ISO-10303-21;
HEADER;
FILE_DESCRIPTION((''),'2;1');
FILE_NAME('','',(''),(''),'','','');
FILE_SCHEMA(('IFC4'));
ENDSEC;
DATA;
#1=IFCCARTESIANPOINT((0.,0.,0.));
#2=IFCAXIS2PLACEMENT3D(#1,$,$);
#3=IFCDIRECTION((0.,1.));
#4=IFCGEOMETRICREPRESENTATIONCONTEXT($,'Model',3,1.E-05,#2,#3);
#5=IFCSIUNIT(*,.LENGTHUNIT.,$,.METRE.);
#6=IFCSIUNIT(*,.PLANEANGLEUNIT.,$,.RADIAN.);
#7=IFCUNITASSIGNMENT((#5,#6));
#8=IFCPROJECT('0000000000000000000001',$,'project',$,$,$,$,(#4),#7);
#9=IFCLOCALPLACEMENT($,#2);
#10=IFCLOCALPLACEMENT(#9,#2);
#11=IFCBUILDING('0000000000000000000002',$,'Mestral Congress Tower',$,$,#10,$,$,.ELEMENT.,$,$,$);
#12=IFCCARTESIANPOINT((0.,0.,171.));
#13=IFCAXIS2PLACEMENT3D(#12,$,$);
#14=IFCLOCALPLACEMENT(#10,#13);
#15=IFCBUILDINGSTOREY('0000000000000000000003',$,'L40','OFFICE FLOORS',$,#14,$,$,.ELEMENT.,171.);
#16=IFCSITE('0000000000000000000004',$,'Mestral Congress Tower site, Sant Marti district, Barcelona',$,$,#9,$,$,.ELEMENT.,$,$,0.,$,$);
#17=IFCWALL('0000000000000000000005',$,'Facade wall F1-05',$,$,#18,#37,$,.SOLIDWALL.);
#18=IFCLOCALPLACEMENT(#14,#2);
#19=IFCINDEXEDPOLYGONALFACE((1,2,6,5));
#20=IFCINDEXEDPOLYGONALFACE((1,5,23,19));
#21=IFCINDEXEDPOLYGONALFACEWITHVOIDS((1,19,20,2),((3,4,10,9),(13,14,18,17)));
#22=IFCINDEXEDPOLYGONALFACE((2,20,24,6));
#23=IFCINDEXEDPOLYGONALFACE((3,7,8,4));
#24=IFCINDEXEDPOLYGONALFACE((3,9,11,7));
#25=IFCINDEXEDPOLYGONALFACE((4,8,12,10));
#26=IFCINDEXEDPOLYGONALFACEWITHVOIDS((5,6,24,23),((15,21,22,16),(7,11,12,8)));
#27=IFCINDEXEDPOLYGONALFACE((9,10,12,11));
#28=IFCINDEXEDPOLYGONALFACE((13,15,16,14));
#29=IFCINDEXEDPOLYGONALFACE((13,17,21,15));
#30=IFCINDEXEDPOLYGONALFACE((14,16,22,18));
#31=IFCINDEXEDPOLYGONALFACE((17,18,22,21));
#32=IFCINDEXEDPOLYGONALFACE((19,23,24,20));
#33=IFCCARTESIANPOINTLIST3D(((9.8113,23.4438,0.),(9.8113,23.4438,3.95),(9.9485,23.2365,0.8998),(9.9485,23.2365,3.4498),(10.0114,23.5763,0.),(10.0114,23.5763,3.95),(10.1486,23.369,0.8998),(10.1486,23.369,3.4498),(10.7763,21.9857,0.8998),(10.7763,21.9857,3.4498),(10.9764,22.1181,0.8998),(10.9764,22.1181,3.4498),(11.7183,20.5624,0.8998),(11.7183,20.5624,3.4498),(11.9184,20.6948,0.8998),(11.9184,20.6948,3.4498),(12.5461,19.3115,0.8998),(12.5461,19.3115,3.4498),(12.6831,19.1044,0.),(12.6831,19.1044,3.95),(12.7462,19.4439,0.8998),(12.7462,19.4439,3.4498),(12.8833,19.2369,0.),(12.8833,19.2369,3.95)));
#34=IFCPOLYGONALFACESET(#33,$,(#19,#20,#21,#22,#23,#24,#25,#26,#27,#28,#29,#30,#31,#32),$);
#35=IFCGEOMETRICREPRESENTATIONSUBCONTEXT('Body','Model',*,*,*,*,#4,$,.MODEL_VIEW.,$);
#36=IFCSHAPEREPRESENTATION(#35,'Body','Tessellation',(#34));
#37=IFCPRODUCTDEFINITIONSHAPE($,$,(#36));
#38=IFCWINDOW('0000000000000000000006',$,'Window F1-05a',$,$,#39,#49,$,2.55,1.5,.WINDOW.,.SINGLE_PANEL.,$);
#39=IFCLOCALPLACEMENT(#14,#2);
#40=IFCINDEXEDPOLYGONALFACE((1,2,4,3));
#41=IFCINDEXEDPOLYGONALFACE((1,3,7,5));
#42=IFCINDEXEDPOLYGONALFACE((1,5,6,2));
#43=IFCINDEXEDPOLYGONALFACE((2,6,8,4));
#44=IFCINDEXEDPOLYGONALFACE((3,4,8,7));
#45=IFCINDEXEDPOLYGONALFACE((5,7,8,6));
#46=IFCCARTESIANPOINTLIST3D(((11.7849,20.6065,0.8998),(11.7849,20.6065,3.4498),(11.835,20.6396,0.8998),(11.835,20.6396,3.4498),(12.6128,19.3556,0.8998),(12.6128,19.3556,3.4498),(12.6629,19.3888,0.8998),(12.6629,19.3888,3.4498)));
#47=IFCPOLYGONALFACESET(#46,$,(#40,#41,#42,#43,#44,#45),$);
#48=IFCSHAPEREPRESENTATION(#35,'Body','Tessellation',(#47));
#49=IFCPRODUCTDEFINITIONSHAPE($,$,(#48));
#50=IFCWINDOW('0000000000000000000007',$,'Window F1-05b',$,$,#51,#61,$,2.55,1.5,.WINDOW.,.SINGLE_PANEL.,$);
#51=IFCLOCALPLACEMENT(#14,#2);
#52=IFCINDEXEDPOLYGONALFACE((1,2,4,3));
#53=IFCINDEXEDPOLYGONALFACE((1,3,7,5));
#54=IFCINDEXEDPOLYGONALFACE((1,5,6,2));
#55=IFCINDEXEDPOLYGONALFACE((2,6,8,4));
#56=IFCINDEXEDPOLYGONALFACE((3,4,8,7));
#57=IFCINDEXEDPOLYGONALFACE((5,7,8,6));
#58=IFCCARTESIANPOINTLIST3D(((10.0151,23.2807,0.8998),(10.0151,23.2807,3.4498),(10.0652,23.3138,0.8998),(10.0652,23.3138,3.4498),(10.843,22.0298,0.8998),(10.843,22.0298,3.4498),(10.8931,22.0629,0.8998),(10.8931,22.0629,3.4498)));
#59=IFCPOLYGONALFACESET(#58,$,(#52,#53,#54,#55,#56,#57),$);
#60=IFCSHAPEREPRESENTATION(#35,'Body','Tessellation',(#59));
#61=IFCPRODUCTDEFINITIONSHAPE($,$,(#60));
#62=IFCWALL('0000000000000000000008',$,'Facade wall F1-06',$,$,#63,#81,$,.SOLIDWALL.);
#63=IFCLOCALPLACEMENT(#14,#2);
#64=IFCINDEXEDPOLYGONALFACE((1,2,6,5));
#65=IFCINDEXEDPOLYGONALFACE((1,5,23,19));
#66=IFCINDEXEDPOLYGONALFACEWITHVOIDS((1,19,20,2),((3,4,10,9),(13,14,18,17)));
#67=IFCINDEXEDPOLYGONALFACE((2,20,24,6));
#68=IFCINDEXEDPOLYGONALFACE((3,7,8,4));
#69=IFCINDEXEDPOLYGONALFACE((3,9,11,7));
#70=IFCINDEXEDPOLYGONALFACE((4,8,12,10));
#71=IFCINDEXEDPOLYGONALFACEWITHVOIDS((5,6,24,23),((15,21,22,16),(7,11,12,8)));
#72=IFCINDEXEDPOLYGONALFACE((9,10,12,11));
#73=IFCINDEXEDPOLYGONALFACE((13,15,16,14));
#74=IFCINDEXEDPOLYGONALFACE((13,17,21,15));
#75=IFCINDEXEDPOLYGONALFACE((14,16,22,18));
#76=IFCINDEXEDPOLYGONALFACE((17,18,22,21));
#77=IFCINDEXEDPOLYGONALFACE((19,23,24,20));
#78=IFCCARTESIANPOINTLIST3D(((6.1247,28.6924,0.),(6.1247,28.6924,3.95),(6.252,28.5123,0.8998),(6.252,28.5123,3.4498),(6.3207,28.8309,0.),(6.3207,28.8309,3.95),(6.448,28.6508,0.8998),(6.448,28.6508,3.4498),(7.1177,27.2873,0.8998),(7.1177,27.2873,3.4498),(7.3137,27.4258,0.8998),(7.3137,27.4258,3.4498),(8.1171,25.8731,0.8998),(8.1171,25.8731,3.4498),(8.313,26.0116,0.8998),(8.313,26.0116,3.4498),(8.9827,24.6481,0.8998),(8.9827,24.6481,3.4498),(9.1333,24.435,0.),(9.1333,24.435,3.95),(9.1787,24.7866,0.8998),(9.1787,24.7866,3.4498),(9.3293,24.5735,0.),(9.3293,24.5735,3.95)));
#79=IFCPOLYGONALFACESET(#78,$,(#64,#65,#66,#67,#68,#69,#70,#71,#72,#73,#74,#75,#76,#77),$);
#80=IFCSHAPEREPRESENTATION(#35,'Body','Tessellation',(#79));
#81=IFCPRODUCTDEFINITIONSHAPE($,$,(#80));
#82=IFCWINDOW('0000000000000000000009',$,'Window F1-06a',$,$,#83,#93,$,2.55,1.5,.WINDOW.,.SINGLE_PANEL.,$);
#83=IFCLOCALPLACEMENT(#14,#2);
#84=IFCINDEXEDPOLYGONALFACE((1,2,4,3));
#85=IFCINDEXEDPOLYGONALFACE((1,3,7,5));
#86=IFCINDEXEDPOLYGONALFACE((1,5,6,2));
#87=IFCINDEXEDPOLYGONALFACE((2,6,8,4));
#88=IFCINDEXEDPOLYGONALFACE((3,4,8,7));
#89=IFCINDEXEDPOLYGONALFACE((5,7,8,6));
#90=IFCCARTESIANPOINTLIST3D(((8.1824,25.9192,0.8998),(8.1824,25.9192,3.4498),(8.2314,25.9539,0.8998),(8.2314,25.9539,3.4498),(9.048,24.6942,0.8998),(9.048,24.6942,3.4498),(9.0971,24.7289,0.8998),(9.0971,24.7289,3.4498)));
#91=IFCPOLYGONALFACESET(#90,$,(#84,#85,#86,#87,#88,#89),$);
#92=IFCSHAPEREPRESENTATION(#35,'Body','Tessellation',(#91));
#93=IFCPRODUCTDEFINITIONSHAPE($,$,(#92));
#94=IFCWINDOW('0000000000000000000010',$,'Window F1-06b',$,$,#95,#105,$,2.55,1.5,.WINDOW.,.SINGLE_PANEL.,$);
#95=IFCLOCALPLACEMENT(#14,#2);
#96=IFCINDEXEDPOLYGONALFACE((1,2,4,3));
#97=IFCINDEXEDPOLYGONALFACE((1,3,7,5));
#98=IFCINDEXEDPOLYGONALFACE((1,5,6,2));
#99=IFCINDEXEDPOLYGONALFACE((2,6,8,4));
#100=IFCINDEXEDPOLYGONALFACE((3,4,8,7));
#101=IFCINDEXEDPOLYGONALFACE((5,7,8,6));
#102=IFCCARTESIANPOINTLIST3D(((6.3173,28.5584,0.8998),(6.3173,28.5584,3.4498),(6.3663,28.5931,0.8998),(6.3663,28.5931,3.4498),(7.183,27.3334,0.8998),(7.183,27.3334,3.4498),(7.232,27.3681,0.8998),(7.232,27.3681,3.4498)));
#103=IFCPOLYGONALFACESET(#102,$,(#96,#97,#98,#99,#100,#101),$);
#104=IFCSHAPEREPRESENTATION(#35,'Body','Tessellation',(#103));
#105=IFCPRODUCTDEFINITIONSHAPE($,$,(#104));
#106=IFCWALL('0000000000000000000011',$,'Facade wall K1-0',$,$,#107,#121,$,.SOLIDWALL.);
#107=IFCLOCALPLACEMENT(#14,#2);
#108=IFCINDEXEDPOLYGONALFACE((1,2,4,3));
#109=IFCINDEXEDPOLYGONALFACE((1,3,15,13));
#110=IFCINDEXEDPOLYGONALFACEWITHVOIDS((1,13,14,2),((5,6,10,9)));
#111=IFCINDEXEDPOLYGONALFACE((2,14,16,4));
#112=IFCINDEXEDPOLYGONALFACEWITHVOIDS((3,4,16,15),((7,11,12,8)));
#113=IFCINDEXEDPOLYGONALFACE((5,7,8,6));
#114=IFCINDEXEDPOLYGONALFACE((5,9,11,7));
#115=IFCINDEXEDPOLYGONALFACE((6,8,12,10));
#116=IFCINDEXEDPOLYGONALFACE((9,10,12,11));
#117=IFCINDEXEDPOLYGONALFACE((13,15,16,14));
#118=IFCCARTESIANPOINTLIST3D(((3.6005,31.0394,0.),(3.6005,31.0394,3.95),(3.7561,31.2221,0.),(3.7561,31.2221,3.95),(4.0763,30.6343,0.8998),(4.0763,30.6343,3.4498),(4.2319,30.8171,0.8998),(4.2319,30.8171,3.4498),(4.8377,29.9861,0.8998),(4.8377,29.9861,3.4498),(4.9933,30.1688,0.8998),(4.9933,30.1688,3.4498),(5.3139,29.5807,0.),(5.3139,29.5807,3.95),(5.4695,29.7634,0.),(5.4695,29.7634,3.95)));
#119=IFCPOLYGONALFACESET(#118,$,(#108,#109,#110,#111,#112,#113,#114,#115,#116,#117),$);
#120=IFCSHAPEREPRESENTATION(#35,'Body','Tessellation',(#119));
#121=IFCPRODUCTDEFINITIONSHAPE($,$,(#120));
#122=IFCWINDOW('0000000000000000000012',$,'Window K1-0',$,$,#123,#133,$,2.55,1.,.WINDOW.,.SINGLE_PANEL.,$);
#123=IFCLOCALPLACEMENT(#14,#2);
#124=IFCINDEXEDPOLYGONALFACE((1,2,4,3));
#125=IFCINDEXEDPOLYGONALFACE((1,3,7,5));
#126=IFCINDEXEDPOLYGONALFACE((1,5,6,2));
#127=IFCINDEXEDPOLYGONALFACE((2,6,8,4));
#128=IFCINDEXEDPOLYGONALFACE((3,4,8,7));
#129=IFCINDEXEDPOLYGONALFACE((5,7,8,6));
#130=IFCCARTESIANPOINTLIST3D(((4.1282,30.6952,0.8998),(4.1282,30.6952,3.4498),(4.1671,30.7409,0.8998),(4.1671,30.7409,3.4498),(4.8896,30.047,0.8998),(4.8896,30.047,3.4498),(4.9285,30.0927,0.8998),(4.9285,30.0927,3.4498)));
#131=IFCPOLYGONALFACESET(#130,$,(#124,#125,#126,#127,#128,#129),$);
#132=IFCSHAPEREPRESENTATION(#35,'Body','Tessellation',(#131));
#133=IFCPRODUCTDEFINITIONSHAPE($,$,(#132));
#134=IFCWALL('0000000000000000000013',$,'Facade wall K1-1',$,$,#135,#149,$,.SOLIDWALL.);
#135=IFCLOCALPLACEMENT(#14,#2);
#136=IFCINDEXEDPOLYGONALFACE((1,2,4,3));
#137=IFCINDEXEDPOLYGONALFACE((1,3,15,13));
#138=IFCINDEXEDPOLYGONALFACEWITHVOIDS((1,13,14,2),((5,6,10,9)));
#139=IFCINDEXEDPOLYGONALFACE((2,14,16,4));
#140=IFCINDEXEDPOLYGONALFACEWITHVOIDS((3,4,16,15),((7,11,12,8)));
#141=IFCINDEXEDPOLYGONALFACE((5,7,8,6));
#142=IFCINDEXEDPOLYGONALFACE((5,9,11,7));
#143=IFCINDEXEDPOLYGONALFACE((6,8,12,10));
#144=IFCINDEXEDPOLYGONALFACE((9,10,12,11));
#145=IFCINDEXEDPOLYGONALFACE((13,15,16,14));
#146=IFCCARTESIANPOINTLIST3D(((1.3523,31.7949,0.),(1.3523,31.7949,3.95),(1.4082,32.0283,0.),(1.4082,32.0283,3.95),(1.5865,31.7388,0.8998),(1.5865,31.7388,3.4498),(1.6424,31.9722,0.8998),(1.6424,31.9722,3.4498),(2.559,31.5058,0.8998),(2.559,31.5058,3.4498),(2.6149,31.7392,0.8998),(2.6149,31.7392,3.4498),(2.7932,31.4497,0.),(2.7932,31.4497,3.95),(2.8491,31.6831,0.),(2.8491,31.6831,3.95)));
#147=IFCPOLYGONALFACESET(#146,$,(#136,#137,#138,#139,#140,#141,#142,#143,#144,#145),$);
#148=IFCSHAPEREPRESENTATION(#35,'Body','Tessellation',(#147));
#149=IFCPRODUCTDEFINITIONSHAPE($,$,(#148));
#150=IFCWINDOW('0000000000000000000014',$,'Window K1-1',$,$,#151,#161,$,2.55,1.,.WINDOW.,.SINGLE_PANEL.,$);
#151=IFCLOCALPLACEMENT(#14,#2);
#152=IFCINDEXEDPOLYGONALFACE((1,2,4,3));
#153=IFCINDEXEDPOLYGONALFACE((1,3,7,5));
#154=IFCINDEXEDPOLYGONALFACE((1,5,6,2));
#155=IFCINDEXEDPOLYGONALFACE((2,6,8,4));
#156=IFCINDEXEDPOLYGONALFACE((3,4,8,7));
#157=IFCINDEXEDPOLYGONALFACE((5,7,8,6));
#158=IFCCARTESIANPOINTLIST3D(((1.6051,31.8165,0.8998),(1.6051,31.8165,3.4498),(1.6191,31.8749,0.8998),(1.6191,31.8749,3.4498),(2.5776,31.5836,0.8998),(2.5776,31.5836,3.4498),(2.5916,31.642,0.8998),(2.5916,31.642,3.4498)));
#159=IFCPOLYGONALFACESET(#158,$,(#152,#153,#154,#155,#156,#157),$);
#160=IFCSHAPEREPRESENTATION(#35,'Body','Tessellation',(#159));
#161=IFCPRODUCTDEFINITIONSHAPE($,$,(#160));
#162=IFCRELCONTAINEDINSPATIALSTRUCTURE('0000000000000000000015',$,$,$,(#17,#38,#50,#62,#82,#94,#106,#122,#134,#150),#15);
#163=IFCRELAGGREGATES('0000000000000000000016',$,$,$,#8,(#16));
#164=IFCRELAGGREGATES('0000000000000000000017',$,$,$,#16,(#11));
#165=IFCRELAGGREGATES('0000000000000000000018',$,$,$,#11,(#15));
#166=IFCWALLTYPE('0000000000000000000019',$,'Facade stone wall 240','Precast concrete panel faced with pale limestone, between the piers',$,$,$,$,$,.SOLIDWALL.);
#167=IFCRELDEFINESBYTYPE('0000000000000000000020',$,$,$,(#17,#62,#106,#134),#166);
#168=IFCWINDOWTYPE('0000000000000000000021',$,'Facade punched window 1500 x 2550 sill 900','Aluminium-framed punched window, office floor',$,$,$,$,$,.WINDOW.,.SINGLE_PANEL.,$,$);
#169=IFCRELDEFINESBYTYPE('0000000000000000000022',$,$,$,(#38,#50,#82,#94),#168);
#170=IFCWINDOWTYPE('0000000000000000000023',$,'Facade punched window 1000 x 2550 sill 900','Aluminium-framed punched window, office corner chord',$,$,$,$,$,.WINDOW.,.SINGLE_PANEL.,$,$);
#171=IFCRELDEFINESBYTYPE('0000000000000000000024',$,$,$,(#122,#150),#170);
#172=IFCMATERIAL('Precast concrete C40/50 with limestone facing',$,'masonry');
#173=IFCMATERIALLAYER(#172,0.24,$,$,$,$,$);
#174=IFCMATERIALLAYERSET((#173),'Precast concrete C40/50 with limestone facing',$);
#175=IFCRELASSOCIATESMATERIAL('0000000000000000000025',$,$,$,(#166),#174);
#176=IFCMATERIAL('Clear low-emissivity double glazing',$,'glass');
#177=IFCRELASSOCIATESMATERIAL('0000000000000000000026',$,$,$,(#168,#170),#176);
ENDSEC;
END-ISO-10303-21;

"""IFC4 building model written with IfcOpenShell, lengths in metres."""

from ifc_helpers import new_model, si_unit, direction, frame, frame_2d, origin, place, context, subcontext, project, spatial, rectangle, extrude, material, layer, layer_set, type_object, element, fill, save


model = new_model("IFC4")

# Units and contexts
model_context = context("Model", 3, precision=1e-05, world=origin(), true_north=direction((0.0, 1.0)))
body_context = subcontext(model_context, "Body", "Model", "MODEL_VIEW")
ifc_project = project(units=[si_unit("LENGTHUNIT", "METRE"), si_unit("PLANEANGLEUNIT", "RADIAN")], contexts=[model_context])

# Site, building, storey
site_placement = place(None, origin())
site = spatial("IfcSite", under=ifc_project, at=site_placement, Name="Mestral Congress Tower site, Sant Marti district, Barcelona", CompositionType="ELEMENT", RefElevation=0.0)
building_placement = place(site_placement, origin())
building = spatial("IfcBuilding", under=site, at=building_placement, Name="Mestral Congress Tower", CompositionType="ELEMENT")
storey_placement = place(building_placement, frame((0.0, 0.0, 171.0)))
storey = spatial("IfcBuildingStorey", under=building, at=storey_placement, Name="L40", Description="OFFICE FLOORS", CompositionType="ELEMENT", Elevation=171.0)

# Walls, openings, windows
ifc_material_1 = material(Name="Precast concrete C40/50 with limestone facing", Category="masonry")
ifc_layer_1 = layer(ifc_material_1, 0.24)
ifc_layer_set_1 = layer_set([ifc_layer_1], Name="Precast concrete C40/50 with limestone facing")
wall_type_1 = type_object("IfcWallType", Name="Facade stone wall 240", Description="Precast concrete panel faced with pale limestone, between the piers", PredefinedType="SOLIDWALL", material=ifc_layer_set_1)
wall_1_placement = place(storey_placement, frame((12.7832, 19.1707, 0.0), z_axis=(0.0, 0.0, 1.0), x_axis=(-0.551893, 0.833915, 0.0)))
wall_1 = element("IfcWall", 1, at=wall_1_placement, inside=storey, type_object=wall_type_1, Name="Facade wall F1-05", PredefinedType="SOLIDWALL", context=body_context, shape_type="SweptSolid", body=[
    extrude(rectangle(XDim=5.2036, YDim=0.24, at=frame_2d((2.6018, 0.0))), origin(), (0.0, 0.0, 1.0), 3.95),
])
opening_1_placement = place(wall_1_placement, frame((0.2483, 0.0, 0.8999)))
opening_1 = element("IfcOpeningElement", 2, at=opening_1_placement, cuts=wall_1, PredefinedType="OPENING", context=body_context, shape_type="SweptSolid", body=[
    extrude(rectangle(XDim=1.5, YDim=2.55, at=frame_2d((0.75, 1.2749))), frame((0.0, 0.1299, 0.0), z_axis=(0.0, -1.0, 0.0), x_axis=(1.0, 0.0, 0.0)), (0.0, 0.0, 1.0), 0.26),
])
opening_2_placement = place(wall_1_placement, frame((3.4551, 0.0, 0.8999)))
opening_2 = element("IfcOpeningElement", 3, at=opening_2_placement, cuts=wall_1, PredefinedType="OPENING", context=body_context, shape_type="SweptSolid", body=[
    extrude(rectangle(XDim=1.5, YDim=2.55, at=frame_2d((0.75, 1.2749))), frame((0.0, 0.1299, 0.0), z_axis=(0.0, -1.0, 0.0), x_axis=(1.0, 0.0, 0.0)), (0.0, 0.0, 1.0), 0.26),
])
ifc_material_2 = material(Name="Clear low-emissivity double glazing", Category="glass")
window_type_1 = type_object("IfcWindowType", Name="Facade punched window 1500 x 2550 sill 900", Description="Aluminium-framed punched window, office floor", PartitioningType="SINGLE_PANEL", PredefinedType="WINDOW", material=ifc_material_2)
window_1_placement = place(opening_1_placement, origin())
window_1 = element("IfcWindow", 4, at=window_1_placement, inside=storey, type_object=window_type_1, Name="Window F1-05a", OverallHeight=2.55, OverallWidth=1.5, PartitioningType="SINGLE_PANEL", PredefinedType="WINDOW", context=body_context, shape_type="SweptSolid", body=[
    extrude(rectangle(XDim=1.5, YDim=2.55, at=frame_2d((0.75, 1.2749))), frame((0.0, 0.04, 0.0), z_axis=(0.0, -1.0, 0.0), x_axis=(1.0, 0.0, 0.0)), (0.0, 0.0, 1.0), 0.0601),
])
fill(opening_1, window_1)
window_2_placement = place(opening_2_placement, origin())
window_2 = element("IfcWindow", 5, at=window_2_placement, inside=storey, type_object=window_type_1, Name="Window F1-05b", OverallHeight=2.55, OverallWidth=1.5, PartitioningType="SINGLE_PANEL", PredefinedType="WINDOW", context=body_context, shape_type="SweptSolid", body=[
    extrude(rectangle(XDim=1.5, YDim=2.55, at=frame_2d((0.75, 1.2749))), frame((0.0, 0.04, 0.0), z_axis=(0.0, -1.0, 0.0), x_axis=(1.0, 0.0, 0.0)), (0.0, 0.0, 1.0), 0.0601),
])
fill(opening_2, window_2)
wall_2_placement = place(storey_placement, frame((9.2312, 24.5044, 0.0), z_axis=(0.0, 0.0, 1.0), x_axis=(-0.577115, 0.816663, 0.0)))
wall_2 = element("IfcWall", 6, at=wall_2_placement, inside=storey, type_object=wall_type_1, Name="Facade wall F1-06", PredefinedType="SOLIDWALL", context=body_context, shape_type="SweptSolid", body=[
    extrude(rectangle(XDim=5.2131, YDim=0.24, at=frame_2d((2.6064, 0.0))), origin(), (0.0, 0.0, 1.0), 3.95),
])
opening_3_placement = place(wall_2_placement, frame((0.2607, 0.0, 0.8999)))
opening_3 = element("IfcOpeningElement", 7, at=opening_3_placement, cuts=wall_2, PredefinedType="OPENING", context=body_context, shape_type="SweptSolid", body=[
    extrude(rectangle(XDim=1.5, YDim=2.55, at=frame_2d((0.75, 1.2749))), frame((0.0, 0.1299, 0.0), z_axis=(0.0, -1.0, 0.0), x_axis=(1.0, 0.0, 0.0)), (0.0, 0.0, 1.0), 0.26),
])
opening_4_placement = place(wall_2_placement, frame((3.4924, 0.0, 0.8999)))
opening_4 = element("IfcOpeningElement", 8, at=opening_4_placement, cuts=wall_2, PredefinedType="OPENING", context=body_context, shape_type="SweptSolid", body=[
    extrude(rectangle(XDim=1.5, YDim=2.55, at=frame_2d((0.75, 1.2749))), frame((0.0, 0.1299, 0.0), z_axis=(0.0, -1.0, 0.0), x_axis=(1.0, 0.0, 0.0)), (0.0, 0.0, 1.0), 0.26),
])
window_3_placement = place(opening_3_placement, origin())
window_3 = element("IfcWindow", 9, at=window_3_placement, inside=storey, type_object=window_type_1, Name="Window F1-06a", OverallHeight=2.55, OverallWidth=1.5, PartitioningType="SINGLE_PANEL", PredefinedType="WINDOW", context=body_context, shape_type="SweptSolid", body=[
    extrude(rectangle(XDim=1.5, YDim=2.55, at=frame_2d((0.75, 1.2749))), frame((0.0, 0.04, 0.0), z_axis=(0.0, -1.0, 0.0), x_axis=(1.0, 0.0, 0.0)), (0.0, 0.0, 1.0), 0.0601),
])
fill(opening_3, window_3)
window_4_placement = place(opening_4_placement, origin())
window_4 = element("IfcWindow", 10, at=window_4_placement, inside=storey, type_object=window_type_1, Name="Window F1-06b", OverallHeight=2.55, OverallWidth=1.5, PartitioningType="SINGLE_PANEL", PredefinedType="WINDOW", context=body_context, shape_type="SweptSolid", body=[
    extrude(rectangle(XDim=1.5, YDim=2.55, at=frame_2d((0.75, 1.2749))), frame((0.0, 0.04, 0.0), z_axis=(0.0, -1.0, 0.0), x_axis=(1.0, 0.0, 0.0)), (0.0, 0.0, 1.0), 0.0601),
])
fill(opening_4, window_4)

# Walls, openings, windows
wall_3_placement = place(storey_placement, frame((5.3916, 29.6721, 0.0), z_axis=(0.0, 0.0, 1.0), x_axis=(-0.76142, 0.648259, 0.0)))
wall_3 = element("IfcWall", 11, at=wall_3_placement, inside=storey, type_object=wall_type_1, Name="Facade wall K1-0", PredefinedType="SOLIDWALL", context=body_context, shape_type="SweptSolid", body=[
    extrude(rectangle(XDim=2.2502, YDim=0.24, at=frame_2d((1.125, 0.0))), origin(), (0.0, 0.0, 1.0), 3.95),
])
opening_5_placement = place(wall_3_placement, frame((0.6252, 0.0, 0.8999)))
opening_5 = element("IfcOpeningElement", 12, at=opening_5_placement, cuts=wall_3, PredefinedType="OPENING", context=body_context, shape_type="SweptSolid", body=[
    extrude(rectangle(XDim=1.0, YDim=2.55, at=frame_2d((0.5, 1.2749))), frame((0.0, 0.1299, 0.0), z_axis=(0.0, -1.0, 0.0), x_axis=(1.0, 0.0, 0.0)), (0.0, 0.0, 1.0), 0.26),
])
window_type_2 = type_object("IfcWindowType", Name="Facade punched window 1000 x 2550 sill 900", Description="Aluminium-framed punched window, office corner chord", PartitioningType="SINGLE_PANEL", PredefinedType="WINDOW", material=ifc_material_2)
window_5_placement = place(opening_5_placement, origin())
window_5 = element("IfcWindow", 13, at=window_5_placement, inside=storey, type_object=window_type_2, Name="Window K1-0", OverallHeight=2.55, OverallWidth=1.0, PartitioningType="SINGLE_PANEL", PredefinedType="WINDOW", context=body_context, shape_type="SweptSolid", body=[
    extrude(rectangle(XDim=1.0, YDim=2.55, at=frame_2d((0.5, 1.2749))), frame((0.0, 0.04, 0.0), z_axis=(0.0, -1.0, 0.0), x_axis=(1.0, 0.0, 0.0)), (0.0, 0.0, 1.0), 0.0601),
])
fill(opening_5, window_5)
wall_4_placement = place(storey_placement, frame((2.821, 31.5664, 0.0), z_axis=(0.0, 0.0, 1.0), x_axis=(-0.97248, 0.232987, 0.0)))
wall_4 = element("IfcWall", 14, at=wall_4_placement, inside=storey, type_object=wall_type_1, Name="Facade wall K1-1", PredefinedType="SOLIDWALL", context=body_context, shape_type="SweptSolid", body=[
    extrude(rectangle(XDim=1.4817, YDim=0.24, at=frame_2d((0.7407, 0.0))), origin(), (0.0, 0.0, 1.0), 3.95),
])
opening_6_placement = place(wall_4_placement, frame((0.2407, 0.0, 0.8999)))
opening_6 = element("IfcOpeningElement", 15, at=opening_6_placement, cuts=wall_4, PredefinedType="OPENING", context=body_context, shape_type="SweptSolid", body=[
    extrude(rectangle(XDim=1.0, YDim=2.55, at=frame_2d((0.5, 1.2749))), frame((0.0, 0.1299, 0.0), z_axis=(0.0, -1.0, 0.0), x_axis=(1.0, 0.0, 0.0)), (0.0, 0.0, 1.0), 0.26),
])
window_6_placement = place(opening_6_placement, origin())
window_6 = element("IfcWindow", 16, at=window_6_placement, inside=storey, type_object=window_type_2, Name="Window K1-1", OverallHeight=2.55, OverallWidth=1.0, PartitioningType="SINGLE_PANEL", PredefinedType="WINDOW", context=body_context, shape_type="SweptSolid", body=[
    extrude(rectangle(XDim=1.0, YDim=2.55, at=frame_2d((0.5, 1.2749))), frame((0.0, 0.04, 0.0), z_axis=(0.0, -1.0, 0.0), x_axis=(1.0, 0.0, 0.0)), (0.0, 0.0, 1.0), 0.0601),
])
fill(opening_6, window_6)

save(model, "model.ifc")
